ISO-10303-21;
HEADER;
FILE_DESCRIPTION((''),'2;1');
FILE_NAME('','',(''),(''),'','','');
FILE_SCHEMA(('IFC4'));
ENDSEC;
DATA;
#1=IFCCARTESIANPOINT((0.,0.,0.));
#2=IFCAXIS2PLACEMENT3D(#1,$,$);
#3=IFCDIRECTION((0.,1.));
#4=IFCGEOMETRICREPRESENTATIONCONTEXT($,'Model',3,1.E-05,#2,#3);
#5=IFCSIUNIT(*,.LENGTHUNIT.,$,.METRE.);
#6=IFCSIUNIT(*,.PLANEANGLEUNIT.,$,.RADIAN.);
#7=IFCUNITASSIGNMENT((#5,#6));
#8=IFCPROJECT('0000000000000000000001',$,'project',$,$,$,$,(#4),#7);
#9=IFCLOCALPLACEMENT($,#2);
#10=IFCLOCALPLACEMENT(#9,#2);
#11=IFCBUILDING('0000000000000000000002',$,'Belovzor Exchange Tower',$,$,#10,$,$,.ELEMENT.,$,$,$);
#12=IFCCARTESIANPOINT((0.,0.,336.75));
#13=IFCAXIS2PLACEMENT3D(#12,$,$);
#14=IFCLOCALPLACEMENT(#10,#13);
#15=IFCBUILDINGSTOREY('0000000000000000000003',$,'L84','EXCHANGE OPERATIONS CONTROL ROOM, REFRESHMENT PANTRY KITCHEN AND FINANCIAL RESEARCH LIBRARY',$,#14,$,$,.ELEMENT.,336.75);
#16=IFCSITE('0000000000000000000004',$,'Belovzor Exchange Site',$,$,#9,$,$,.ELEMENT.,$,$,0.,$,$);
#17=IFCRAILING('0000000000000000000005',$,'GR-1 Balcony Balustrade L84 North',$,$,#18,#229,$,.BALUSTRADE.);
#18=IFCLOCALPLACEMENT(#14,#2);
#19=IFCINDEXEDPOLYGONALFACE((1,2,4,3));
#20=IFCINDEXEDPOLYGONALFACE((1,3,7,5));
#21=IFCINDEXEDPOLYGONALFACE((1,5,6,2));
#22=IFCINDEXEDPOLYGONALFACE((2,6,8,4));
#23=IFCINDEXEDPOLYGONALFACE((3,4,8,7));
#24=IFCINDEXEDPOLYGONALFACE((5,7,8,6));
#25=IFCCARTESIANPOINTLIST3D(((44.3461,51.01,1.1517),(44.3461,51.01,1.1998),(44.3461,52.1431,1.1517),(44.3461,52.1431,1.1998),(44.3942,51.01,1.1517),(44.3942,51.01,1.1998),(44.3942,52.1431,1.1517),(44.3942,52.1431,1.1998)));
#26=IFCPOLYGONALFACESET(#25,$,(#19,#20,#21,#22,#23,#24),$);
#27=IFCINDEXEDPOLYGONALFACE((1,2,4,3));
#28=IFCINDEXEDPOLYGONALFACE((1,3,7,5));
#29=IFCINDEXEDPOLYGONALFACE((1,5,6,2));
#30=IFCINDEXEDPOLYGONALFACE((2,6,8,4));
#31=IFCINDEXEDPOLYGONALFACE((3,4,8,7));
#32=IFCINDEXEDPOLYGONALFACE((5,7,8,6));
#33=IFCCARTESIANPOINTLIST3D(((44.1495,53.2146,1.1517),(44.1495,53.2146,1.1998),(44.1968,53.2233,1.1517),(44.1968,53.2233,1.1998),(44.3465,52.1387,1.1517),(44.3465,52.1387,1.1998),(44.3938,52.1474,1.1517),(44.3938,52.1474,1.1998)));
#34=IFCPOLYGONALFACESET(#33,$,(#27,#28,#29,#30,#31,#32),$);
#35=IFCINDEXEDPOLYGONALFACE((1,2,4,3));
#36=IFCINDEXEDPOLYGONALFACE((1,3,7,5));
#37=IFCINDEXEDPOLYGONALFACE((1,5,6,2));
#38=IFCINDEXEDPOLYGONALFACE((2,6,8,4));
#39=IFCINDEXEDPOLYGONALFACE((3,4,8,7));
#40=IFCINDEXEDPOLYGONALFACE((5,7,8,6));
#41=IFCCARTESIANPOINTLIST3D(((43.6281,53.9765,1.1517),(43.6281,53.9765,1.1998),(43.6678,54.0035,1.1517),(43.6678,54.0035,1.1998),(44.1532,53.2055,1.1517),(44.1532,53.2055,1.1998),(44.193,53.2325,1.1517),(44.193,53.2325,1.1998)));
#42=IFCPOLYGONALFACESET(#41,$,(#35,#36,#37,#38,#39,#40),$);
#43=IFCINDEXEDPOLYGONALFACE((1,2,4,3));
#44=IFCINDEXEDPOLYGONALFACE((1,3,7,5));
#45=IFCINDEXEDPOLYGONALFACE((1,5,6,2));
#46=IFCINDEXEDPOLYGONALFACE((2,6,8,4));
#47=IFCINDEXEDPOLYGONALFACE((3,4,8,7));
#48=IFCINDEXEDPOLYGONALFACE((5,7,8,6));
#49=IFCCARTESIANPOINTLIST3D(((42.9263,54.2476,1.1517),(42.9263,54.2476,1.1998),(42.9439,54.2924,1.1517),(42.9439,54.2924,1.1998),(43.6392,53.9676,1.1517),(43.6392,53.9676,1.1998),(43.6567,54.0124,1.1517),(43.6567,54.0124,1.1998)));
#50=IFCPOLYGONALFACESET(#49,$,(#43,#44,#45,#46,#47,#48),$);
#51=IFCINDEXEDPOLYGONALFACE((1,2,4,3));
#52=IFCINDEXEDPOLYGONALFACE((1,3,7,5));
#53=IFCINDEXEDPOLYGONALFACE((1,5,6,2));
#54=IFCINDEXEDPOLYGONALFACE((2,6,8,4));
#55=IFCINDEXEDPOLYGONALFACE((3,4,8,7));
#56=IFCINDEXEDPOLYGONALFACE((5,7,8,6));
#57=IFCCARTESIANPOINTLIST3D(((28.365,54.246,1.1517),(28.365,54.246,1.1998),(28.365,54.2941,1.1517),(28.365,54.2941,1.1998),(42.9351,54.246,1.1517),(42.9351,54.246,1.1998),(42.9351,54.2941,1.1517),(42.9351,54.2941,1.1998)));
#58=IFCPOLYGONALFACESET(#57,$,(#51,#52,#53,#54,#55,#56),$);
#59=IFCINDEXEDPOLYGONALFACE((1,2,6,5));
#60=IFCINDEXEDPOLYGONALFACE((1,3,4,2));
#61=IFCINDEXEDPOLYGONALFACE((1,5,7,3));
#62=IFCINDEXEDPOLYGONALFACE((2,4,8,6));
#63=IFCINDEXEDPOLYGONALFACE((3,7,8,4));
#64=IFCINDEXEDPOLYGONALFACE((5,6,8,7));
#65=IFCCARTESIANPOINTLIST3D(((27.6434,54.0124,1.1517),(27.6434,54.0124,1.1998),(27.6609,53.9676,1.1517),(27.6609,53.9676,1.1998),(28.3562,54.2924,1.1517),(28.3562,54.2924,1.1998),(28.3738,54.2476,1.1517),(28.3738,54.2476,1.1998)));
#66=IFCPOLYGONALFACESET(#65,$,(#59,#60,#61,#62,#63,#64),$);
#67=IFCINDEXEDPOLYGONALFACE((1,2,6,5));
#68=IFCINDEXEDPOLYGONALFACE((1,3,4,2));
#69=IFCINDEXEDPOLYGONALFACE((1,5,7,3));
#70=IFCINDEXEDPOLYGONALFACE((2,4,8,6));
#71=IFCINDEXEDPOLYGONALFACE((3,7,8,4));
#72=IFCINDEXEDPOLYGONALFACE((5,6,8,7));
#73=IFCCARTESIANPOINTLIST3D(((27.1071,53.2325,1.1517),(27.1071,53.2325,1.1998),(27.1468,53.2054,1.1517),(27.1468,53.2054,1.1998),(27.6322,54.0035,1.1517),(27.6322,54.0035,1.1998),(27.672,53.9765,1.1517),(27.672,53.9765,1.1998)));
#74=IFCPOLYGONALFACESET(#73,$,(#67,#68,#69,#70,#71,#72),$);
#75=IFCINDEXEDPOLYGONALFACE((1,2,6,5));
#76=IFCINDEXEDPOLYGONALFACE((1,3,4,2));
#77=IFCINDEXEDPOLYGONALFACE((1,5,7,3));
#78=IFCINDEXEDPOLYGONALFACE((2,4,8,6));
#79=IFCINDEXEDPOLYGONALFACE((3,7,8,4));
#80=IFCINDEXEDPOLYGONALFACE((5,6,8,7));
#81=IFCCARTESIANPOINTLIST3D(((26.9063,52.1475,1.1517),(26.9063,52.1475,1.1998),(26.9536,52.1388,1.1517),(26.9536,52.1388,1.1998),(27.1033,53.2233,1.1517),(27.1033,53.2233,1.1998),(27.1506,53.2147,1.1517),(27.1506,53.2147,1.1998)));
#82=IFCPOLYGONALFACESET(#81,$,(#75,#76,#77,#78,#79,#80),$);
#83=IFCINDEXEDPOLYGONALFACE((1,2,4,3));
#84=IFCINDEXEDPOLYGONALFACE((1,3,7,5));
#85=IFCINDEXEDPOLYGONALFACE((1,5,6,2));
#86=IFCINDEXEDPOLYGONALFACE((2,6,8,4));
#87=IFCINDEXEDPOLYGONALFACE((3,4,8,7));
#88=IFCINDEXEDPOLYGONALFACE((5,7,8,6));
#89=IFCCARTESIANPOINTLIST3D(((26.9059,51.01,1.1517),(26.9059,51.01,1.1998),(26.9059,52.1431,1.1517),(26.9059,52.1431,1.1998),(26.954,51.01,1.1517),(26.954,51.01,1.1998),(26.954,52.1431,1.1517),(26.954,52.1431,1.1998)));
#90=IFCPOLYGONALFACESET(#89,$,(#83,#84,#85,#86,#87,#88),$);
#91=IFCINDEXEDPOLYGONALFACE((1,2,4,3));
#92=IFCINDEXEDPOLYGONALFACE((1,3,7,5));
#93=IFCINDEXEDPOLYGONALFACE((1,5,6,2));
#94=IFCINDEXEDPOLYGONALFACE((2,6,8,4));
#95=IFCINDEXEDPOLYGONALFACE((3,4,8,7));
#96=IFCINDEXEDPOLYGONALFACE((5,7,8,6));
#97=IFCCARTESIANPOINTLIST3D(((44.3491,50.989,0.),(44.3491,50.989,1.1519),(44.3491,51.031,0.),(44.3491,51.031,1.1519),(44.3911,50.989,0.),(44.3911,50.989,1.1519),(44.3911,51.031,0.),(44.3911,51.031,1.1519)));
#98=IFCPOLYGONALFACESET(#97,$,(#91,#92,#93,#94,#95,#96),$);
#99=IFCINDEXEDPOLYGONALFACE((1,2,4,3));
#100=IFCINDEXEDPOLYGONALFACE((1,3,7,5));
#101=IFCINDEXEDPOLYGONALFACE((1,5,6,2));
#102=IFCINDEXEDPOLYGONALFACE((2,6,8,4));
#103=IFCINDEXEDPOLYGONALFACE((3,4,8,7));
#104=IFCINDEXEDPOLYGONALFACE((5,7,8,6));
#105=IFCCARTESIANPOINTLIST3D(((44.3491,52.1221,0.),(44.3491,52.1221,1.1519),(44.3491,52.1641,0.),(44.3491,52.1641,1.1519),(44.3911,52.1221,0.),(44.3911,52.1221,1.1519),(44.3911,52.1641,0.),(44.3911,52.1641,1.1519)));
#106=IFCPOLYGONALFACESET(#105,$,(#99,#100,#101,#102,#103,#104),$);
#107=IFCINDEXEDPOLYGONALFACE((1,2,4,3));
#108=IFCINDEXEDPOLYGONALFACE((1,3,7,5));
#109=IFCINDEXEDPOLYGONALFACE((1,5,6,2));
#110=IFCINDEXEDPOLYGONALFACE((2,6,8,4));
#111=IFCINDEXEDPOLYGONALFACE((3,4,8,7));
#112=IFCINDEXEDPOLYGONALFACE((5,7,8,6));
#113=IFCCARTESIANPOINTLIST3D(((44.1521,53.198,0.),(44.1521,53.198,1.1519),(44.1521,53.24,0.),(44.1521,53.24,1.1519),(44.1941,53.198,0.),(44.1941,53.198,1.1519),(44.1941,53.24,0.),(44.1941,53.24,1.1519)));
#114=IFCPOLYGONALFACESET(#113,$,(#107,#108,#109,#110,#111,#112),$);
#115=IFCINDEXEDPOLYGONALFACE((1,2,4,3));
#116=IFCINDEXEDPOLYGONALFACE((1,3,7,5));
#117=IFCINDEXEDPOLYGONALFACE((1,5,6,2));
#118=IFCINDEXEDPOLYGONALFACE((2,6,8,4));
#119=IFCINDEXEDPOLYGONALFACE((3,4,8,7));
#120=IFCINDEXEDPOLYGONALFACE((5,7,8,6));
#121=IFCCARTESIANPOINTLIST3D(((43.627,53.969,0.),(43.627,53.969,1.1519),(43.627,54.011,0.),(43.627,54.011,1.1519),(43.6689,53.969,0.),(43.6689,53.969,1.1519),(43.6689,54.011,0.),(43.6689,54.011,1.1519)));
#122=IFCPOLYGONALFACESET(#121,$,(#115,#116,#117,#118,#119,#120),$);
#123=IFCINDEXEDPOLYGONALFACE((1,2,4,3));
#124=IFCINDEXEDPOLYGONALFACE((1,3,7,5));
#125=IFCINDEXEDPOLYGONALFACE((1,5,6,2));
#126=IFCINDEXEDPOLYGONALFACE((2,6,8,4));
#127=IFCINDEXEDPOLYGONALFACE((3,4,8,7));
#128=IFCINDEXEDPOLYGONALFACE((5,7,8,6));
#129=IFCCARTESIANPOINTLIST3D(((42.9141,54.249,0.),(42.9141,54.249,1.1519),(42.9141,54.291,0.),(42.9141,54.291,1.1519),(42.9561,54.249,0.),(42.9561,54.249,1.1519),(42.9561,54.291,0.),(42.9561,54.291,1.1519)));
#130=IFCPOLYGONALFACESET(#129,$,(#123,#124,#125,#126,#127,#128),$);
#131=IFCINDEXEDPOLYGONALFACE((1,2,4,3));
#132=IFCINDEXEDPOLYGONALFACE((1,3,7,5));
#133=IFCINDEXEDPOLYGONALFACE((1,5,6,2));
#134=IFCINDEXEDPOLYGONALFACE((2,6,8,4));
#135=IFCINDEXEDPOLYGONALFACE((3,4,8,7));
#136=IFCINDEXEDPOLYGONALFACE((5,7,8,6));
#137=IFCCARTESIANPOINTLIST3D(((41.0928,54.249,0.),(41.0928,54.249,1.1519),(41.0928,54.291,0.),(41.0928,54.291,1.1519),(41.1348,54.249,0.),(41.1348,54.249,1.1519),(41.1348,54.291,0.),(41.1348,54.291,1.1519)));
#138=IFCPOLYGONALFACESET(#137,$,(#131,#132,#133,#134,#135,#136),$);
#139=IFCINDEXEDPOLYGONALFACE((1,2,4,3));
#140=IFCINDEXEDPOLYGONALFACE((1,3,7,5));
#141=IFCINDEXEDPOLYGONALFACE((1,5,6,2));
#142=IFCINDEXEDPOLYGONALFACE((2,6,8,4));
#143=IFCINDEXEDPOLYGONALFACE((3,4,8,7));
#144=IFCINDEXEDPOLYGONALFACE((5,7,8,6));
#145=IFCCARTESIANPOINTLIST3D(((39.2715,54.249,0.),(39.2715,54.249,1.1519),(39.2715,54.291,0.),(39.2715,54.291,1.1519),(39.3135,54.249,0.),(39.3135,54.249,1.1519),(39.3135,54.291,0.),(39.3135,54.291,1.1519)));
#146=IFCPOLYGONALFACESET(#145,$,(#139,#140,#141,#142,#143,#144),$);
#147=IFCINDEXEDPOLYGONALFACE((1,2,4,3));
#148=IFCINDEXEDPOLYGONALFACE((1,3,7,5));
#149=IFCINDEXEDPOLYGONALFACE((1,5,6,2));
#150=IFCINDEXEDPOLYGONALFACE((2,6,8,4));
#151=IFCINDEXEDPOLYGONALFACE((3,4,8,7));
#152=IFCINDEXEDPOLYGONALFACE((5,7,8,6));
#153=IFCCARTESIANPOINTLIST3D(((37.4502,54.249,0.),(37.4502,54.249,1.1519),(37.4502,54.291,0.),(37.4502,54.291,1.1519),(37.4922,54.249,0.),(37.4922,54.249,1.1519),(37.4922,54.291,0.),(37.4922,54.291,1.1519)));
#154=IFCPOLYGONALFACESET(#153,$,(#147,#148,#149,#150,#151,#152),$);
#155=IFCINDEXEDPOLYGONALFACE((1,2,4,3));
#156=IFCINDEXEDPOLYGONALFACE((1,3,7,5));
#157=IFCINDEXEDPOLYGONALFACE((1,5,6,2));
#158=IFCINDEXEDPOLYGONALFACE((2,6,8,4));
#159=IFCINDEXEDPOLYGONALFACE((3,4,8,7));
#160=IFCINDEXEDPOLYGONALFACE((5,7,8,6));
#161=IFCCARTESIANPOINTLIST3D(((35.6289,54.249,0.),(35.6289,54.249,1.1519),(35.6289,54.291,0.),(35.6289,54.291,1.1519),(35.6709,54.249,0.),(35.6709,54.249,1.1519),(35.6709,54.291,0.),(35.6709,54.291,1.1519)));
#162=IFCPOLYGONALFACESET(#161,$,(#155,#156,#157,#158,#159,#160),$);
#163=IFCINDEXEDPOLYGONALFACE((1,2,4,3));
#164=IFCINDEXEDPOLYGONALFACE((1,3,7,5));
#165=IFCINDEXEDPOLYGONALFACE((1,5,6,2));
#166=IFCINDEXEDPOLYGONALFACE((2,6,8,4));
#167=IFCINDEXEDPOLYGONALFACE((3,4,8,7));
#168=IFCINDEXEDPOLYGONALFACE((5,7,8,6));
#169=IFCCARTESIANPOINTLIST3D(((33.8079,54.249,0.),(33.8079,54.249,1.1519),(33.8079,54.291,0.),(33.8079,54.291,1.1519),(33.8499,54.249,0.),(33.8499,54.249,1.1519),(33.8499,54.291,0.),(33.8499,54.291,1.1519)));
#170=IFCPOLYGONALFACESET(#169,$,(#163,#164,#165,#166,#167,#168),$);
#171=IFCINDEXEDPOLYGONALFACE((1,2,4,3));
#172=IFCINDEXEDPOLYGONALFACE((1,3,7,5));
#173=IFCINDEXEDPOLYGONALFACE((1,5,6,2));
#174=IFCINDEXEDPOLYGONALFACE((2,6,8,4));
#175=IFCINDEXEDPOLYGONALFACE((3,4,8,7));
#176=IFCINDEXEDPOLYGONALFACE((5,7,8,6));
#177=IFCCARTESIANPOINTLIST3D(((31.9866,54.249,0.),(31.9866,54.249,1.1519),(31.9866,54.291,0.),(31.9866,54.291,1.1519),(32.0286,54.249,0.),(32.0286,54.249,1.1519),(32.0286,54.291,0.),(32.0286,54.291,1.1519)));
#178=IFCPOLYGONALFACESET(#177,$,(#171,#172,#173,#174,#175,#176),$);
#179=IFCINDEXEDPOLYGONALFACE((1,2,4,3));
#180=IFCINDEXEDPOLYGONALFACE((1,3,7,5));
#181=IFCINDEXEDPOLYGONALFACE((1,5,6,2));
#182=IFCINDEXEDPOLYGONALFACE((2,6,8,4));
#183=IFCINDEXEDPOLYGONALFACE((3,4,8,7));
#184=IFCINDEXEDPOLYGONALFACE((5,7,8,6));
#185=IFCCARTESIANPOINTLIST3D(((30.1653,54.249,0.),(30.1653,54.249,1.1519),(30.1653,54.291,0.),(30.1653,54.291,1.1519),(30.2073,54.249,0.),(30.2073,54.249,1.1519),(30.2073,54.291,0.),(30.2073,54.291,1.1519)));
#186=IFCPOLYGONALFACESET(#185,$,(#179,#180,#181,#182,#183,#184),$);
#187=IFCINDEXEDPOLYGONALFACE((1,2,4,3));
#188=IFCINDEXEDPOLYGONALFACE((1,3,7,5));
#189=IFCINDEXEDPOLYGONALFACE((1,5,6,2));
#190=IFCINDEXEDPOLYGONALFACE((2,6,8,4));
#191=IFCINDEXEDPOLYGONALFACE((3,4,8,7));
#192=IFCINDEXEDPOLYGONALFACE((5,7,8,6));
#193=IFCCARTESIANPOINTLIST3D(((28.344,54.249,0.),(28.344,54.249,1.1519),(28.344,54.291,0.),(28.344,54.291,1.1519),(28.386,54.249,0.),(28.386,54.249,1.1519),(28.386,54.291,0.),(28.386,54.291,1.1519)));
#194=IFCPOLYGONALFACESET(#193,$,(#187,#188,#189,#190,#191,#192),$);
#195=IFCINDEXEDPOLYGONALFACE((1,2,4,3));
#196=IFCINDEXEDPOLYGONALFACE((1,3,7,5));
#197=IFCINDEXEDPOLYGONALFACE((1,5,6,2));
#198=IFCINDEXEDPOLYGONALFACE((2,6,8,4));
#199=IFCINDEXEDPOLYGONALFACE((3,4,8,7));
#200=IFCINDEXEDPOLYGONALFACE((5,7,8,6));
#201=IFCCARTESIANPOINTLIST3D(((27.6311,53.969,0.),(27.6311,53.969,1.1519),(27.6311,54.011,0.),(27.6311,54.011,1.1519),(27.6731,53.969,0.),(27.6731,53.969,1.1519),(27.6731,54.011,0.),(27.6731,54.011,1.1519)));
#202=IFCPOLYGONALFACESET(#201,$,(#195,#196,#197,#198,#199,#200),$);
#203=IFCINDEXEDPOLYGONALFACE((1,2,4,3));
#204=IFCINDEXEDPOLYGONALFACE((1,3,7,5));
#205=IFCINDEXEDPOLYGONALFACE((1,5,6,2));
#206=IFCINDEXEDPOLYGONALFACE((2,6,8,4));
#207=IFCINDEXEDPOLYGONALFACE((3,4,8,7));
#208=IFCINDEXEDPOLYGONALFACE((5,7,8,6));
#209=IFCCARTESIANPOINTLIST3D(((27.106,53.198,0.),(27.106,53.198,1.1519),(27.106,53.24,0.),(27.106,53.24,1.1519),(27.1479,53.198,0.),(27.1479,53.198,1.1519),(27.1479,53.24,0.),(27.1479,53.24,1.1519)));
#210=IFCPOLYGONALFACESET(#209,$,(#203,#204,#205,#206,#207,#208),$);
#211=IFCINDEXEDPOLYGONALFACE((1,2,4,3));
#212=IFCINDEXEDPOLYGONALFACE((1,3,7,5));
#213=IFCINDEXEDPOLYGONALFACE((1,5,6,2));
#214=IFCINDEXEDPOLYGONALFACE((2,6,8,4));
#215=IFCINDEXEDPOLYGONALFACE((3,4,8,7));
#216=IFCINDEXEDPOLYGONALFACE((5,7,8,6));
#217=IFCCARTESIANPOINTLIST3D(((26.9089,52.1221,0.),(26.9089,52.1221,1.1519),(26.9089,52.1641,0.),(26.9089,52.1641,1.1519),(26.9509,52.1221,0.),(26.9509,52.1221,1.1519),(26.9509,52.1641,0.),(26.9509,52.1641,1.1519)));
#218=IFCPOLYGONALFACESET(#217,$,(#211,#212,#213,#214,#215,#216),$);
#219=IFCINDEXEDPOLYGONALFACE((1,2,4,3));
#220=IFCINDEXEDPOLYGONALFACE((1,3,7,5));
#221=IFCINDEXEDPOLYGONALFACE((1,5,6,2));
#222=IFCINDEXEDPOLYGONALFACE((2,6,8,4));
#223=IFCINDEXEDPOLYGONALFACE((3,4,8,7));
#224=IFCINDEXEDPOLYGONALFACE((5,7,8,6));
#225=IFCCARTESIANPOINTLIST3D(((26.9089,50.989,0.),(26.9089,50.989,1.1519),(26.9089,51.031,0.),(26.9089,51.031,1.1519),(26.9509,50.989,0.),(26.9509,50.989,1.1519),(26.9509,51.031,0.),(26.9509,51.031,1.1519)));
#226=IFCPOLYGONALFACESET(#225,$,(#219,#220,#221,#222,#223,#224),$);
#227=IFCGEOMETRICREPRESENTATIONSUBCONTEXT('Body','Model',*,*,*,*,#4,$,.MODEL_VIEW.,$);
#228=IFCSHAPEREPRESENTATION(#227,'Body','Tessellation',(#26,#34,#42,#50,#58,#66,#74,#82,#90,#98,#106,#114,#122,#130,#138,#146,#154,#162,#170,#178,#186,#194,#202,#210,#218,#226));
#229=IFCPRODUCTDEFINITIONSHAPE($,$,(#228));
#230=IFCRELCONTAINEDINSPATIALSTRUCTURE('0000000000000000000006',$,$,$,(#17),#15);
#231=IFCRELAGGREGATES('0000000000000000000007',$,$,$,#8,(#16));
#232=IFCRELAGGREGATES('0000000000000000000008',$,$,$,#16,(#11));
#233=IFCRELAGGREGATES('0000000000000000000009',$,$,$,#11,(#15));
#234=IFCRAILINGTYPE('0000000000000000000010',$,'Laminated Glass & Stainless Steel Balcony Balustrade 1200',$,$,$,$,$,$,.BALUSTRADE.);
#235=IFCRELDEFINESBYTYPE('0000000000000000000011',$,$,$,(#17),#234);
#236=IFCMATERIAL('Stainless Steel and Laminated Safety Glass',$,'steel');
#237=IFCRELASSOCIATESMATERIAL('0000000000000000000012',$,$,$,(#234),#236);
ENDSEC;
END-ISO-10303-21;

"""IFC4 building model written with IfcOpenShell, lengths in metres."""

from ifc_helpers import new_model, si_unit, direction, frame, origin, origin_2d, place, context, subcontext, project, spatial, rectangle, extrude, material, type_object, element, save


model = new_model("IFC4")

# Units and contexts
model_context = context("Model", 3, precision=1e-05, world=origin(), true_north=direction((0.0, 1.0)))
body_context = subcontext(model_context, "Body", "Model", "MODEL_VIEW")
ifc_project = project(units=[si_unit("LENGTHUNIT", "METRE"), si_unit("PLANEANGLEUNIT", "RADIAN")], contexts=[model_context])

# Site, building, storey
site_placement = place(None, origin())
site = spatial("IfcSite", under=ifc_project, at=site_placement, Name="Belovzor Exchange Site", CompositionType="ELEMENT", RefElevation=0.0)
building_placement = place(site_placement, origin())
building = spatial("IfcBuilding", under=site, at=building_placement, Name="Belovzor Exchange Tower", CompositionType="ELEMENT")
storey_placement = place(building_placement, frame((0.0, 0.0, 336.75)))
storey = spatial("IfcBuildingStorey", under=building, at=storey_placement, Name="L84", Description="EXCHANGE OPERATIONS CONTROL ROOM, REFRESHMENT PANTRY KITCHEN AND FINANCIAL RESEARCH LIBRARY", CompositionType="ELEMENT", Elevation=336.75)

# Railing
ifc_material_1 = material(Name="Stainless Steel and Laminated Safety Glass", Category="steel")
railing_type = type_object("IfcRailingType", Name="Laminated Glass & Stainless Steel Balcony Balustrade 1200", PredefinedType="BALUSTRADE", material=ifc_material_1)
railing_placement = place(storey_placement, frame((44.3701, 51.01, 0.0)))
element("IfcRailing", 1, at=railing_placement, inside=storey, type_object=railing_type, Name="GR-1 Balcony Balustrade L84 North", PredefinedType="BALUSTRADE", context=body_context, shape_type="SweptSolid", body=[
    extrude(rectangle(XDim=0.0481, YDim=0.0481, at=origin_2d()), frame((0.0, 0.0, 1.1758), z_axis=(0.0, 1.0, 0.0), x_axis=(-1.0, 0.0, 0.0)), (0.0, 0.0, 1.0), 1.1331),
    extrude(rectangle(XDim=0.0481, YDim=0.0481, at=origin_2d()), frame((0.0, 1.1331, 1.1758), z_axis=(-0.180123, 0.983644, 0.0), x_axis=(-0.983644, -0.180123, 0.0)), (0.0, 0.0, 1.0), 1.0938),
    extrude(rectangle(XDim=0.0481, YDim=0.0481, at=origin_2d()), frame((-0.197, 2.209, 1.1758), z_axis=(-0.562947, 0.826493, 0.0), x_axis=(-0.826493, -0.562947, 0.0)), (0.0, 0.0, 1.0), 0.9329),
    extrude(rectangle(XDim=0.0481, YDim=0.0481, at=origin_2d()), frame((-0.7222, 2.98, 1.1758), z_axis=(-0.930767, 0.365613, 0.0), x_axis=(-0.365613, -0.930767, 0.0)), (0.0, 0.0, 1.0), 0.7659),
    extrude(rectangle(XDim=0.0481, YDim=0.0481, at=origin_2d()), frame((-1.4351, 3.26, 1.1758), z_axis=(-1.0, 0.0, 0.0), x_axis=(0.0, -1.0, 0.0)), (0.0, 0.0, 1.0), 14.5701),
    extrude(rectangle(XDim=0.0481, YDim=0.0481, at=origin_2d()), frame((-16.0051, 3.26, 1.1758), z_axis=(-0.930767, -0.365613, 0.0), x_axis=(0.365613, -0.930767, 0.0)), (0.0, 0.0, 1.0), 0.7659),
    extrude(rectangle(XDim=0.0481, YDim=0.0481, at=origin_2d()), frame((-16.718, 2.98, 1.1758), z_axis=(-0.562947, -0.826493, 0.0), x_axis=(0.826493, -0.562947, 0.0)), (0.0, 0.0, 1.0), 0.9329),
    extrude(rectangle(XDim=0.0481, YDim=0.0481, at=origin_2d()), frame((-17.2432, 2.209, 1.1758), z_axis=(-0.180123, -0.983644, 0.0), x_axis=(0.983644, -0.180123, 0.0)), (0.0, 0.0, 1.0), 1.0938),
    extrude(rectangle(XDim=0.0481, YDim=0.0481, at=origin_2d()), frame((-17.4402, 1.1331, 1.1758), z_axis=(0.0, -1.0, 0.0), x_axis=(1.0, 0.0, 0.0)), (0.0, 0.0, 1.0), 1.1331),
    extrude(rectangle(XDim=0.042, YDim=0.042, at=origin_2d()), origin(), (0.0, 0.0, 1.0), 1.1519),
    extrude(rectangle(XDim=0.042, YDim=0.042, at=origin_2d()), frame((0.0, 1.1331, 0.0)), (0.0, 0.0, 1.0), 1.1519),
    extrude(rectangle(XDim=0.042, YDim=0.042, at=origin_2d()), frame((-0.197, 2.209, 0.0)), (0.0, 0.0, 1.0), 1.1519),
    extrude(rectangle(XDim=0.042, YDim=0.042, at=origin_2d()), frame((-0.7222, 2.98, 0.0)), (0.0, 0.0, 1.0), 1.1519),
    extrude(rectangle(XDim=0.042, YDim=0.042, at=origin_2d()), frame((-1.4351, 3.26, 0.0)), (0.0, 0.0, 1.0), 1.1519),
    extrude(rectangle(XDim=0.042, YDim=0.042, at=origin_2d()), frame((-3.2563, 3.26, 0.0)), (0.0, 0.0, 1.0), 1.1519),
    extrude(rectangle(XDim=0.042, YDim=0.042, at=origin_2d()), frame((-5.0776, 3.26, 0.0)), (0.0, 0.0, 1.0), 1.1519),
    extrude(rectangle(XDim=0.042, YDim=0.042, at=origin_2d()), frame((-6.8989, 3.26, 0.0)), (0.0, 0.0, 1.0), 1.1519),
    extrude(rectangle(XDim=0.042, YDim=0.042, at=origin_2d()), frame((-8.7202, 3.26, 0.0)), (0.0, 0.0, 1.0), 1.1519),
    extrude(rectangle(XDim=0.042, YDim=0.042, at=origin_2d()), frame((-10.5413, 3.26, 0.0)), (0.0, 0.0, 1.0), 1.1519),
    extrude(rectangle(XDim=0.042, YDim=0.042, at=origin_2d()), frame((-12.3625, 3.26, 0.0)), (0.0, 0.0, 1.0), 1.1519),
    extrude(rectangle(XDim=0.042, YDim=0.042, at=origin_2d()), frame((-14.1838, 3.26, 0.0)), (0.0, 0.0, 1.0), 1.1519),
    extrude(rectangle(XDim=0.042, YDim=0.042, at=origin_2d()), frame((-16.0051, 3.26, 0.0)), (0.0, 0.0, 1.0), 1.1519),
    extrude(rectangle(XDim=0.042, YDim=0.042, at=origin_2d()), frame((-16.718, 2.98, 0.0)), (0.0, 0.0, 1.0), 1.1519),
    extrude(rectangle(XDim=0.042, YDim=0.042, at=origin_2d()), frame((-17.2432, 2.209, 0.0)), (0.0, 0.0, 1.0), 1.1519),
    extrude(rectangle(XDim=0.042, YDim=0.042, at=origin_2d()), frame((-17.4402, 1.1331, 0.0)), (0.0, 0.0, 1.0), 1.1519),
    extrude(rectangle(XDim=0.042, YDim=0.042, at=origin_2d()), frame((-17.4402, 0.0, 0.0)), (0.0, 0.0, 1.0), 1.1519),
])

save(model, "model.ifc")
